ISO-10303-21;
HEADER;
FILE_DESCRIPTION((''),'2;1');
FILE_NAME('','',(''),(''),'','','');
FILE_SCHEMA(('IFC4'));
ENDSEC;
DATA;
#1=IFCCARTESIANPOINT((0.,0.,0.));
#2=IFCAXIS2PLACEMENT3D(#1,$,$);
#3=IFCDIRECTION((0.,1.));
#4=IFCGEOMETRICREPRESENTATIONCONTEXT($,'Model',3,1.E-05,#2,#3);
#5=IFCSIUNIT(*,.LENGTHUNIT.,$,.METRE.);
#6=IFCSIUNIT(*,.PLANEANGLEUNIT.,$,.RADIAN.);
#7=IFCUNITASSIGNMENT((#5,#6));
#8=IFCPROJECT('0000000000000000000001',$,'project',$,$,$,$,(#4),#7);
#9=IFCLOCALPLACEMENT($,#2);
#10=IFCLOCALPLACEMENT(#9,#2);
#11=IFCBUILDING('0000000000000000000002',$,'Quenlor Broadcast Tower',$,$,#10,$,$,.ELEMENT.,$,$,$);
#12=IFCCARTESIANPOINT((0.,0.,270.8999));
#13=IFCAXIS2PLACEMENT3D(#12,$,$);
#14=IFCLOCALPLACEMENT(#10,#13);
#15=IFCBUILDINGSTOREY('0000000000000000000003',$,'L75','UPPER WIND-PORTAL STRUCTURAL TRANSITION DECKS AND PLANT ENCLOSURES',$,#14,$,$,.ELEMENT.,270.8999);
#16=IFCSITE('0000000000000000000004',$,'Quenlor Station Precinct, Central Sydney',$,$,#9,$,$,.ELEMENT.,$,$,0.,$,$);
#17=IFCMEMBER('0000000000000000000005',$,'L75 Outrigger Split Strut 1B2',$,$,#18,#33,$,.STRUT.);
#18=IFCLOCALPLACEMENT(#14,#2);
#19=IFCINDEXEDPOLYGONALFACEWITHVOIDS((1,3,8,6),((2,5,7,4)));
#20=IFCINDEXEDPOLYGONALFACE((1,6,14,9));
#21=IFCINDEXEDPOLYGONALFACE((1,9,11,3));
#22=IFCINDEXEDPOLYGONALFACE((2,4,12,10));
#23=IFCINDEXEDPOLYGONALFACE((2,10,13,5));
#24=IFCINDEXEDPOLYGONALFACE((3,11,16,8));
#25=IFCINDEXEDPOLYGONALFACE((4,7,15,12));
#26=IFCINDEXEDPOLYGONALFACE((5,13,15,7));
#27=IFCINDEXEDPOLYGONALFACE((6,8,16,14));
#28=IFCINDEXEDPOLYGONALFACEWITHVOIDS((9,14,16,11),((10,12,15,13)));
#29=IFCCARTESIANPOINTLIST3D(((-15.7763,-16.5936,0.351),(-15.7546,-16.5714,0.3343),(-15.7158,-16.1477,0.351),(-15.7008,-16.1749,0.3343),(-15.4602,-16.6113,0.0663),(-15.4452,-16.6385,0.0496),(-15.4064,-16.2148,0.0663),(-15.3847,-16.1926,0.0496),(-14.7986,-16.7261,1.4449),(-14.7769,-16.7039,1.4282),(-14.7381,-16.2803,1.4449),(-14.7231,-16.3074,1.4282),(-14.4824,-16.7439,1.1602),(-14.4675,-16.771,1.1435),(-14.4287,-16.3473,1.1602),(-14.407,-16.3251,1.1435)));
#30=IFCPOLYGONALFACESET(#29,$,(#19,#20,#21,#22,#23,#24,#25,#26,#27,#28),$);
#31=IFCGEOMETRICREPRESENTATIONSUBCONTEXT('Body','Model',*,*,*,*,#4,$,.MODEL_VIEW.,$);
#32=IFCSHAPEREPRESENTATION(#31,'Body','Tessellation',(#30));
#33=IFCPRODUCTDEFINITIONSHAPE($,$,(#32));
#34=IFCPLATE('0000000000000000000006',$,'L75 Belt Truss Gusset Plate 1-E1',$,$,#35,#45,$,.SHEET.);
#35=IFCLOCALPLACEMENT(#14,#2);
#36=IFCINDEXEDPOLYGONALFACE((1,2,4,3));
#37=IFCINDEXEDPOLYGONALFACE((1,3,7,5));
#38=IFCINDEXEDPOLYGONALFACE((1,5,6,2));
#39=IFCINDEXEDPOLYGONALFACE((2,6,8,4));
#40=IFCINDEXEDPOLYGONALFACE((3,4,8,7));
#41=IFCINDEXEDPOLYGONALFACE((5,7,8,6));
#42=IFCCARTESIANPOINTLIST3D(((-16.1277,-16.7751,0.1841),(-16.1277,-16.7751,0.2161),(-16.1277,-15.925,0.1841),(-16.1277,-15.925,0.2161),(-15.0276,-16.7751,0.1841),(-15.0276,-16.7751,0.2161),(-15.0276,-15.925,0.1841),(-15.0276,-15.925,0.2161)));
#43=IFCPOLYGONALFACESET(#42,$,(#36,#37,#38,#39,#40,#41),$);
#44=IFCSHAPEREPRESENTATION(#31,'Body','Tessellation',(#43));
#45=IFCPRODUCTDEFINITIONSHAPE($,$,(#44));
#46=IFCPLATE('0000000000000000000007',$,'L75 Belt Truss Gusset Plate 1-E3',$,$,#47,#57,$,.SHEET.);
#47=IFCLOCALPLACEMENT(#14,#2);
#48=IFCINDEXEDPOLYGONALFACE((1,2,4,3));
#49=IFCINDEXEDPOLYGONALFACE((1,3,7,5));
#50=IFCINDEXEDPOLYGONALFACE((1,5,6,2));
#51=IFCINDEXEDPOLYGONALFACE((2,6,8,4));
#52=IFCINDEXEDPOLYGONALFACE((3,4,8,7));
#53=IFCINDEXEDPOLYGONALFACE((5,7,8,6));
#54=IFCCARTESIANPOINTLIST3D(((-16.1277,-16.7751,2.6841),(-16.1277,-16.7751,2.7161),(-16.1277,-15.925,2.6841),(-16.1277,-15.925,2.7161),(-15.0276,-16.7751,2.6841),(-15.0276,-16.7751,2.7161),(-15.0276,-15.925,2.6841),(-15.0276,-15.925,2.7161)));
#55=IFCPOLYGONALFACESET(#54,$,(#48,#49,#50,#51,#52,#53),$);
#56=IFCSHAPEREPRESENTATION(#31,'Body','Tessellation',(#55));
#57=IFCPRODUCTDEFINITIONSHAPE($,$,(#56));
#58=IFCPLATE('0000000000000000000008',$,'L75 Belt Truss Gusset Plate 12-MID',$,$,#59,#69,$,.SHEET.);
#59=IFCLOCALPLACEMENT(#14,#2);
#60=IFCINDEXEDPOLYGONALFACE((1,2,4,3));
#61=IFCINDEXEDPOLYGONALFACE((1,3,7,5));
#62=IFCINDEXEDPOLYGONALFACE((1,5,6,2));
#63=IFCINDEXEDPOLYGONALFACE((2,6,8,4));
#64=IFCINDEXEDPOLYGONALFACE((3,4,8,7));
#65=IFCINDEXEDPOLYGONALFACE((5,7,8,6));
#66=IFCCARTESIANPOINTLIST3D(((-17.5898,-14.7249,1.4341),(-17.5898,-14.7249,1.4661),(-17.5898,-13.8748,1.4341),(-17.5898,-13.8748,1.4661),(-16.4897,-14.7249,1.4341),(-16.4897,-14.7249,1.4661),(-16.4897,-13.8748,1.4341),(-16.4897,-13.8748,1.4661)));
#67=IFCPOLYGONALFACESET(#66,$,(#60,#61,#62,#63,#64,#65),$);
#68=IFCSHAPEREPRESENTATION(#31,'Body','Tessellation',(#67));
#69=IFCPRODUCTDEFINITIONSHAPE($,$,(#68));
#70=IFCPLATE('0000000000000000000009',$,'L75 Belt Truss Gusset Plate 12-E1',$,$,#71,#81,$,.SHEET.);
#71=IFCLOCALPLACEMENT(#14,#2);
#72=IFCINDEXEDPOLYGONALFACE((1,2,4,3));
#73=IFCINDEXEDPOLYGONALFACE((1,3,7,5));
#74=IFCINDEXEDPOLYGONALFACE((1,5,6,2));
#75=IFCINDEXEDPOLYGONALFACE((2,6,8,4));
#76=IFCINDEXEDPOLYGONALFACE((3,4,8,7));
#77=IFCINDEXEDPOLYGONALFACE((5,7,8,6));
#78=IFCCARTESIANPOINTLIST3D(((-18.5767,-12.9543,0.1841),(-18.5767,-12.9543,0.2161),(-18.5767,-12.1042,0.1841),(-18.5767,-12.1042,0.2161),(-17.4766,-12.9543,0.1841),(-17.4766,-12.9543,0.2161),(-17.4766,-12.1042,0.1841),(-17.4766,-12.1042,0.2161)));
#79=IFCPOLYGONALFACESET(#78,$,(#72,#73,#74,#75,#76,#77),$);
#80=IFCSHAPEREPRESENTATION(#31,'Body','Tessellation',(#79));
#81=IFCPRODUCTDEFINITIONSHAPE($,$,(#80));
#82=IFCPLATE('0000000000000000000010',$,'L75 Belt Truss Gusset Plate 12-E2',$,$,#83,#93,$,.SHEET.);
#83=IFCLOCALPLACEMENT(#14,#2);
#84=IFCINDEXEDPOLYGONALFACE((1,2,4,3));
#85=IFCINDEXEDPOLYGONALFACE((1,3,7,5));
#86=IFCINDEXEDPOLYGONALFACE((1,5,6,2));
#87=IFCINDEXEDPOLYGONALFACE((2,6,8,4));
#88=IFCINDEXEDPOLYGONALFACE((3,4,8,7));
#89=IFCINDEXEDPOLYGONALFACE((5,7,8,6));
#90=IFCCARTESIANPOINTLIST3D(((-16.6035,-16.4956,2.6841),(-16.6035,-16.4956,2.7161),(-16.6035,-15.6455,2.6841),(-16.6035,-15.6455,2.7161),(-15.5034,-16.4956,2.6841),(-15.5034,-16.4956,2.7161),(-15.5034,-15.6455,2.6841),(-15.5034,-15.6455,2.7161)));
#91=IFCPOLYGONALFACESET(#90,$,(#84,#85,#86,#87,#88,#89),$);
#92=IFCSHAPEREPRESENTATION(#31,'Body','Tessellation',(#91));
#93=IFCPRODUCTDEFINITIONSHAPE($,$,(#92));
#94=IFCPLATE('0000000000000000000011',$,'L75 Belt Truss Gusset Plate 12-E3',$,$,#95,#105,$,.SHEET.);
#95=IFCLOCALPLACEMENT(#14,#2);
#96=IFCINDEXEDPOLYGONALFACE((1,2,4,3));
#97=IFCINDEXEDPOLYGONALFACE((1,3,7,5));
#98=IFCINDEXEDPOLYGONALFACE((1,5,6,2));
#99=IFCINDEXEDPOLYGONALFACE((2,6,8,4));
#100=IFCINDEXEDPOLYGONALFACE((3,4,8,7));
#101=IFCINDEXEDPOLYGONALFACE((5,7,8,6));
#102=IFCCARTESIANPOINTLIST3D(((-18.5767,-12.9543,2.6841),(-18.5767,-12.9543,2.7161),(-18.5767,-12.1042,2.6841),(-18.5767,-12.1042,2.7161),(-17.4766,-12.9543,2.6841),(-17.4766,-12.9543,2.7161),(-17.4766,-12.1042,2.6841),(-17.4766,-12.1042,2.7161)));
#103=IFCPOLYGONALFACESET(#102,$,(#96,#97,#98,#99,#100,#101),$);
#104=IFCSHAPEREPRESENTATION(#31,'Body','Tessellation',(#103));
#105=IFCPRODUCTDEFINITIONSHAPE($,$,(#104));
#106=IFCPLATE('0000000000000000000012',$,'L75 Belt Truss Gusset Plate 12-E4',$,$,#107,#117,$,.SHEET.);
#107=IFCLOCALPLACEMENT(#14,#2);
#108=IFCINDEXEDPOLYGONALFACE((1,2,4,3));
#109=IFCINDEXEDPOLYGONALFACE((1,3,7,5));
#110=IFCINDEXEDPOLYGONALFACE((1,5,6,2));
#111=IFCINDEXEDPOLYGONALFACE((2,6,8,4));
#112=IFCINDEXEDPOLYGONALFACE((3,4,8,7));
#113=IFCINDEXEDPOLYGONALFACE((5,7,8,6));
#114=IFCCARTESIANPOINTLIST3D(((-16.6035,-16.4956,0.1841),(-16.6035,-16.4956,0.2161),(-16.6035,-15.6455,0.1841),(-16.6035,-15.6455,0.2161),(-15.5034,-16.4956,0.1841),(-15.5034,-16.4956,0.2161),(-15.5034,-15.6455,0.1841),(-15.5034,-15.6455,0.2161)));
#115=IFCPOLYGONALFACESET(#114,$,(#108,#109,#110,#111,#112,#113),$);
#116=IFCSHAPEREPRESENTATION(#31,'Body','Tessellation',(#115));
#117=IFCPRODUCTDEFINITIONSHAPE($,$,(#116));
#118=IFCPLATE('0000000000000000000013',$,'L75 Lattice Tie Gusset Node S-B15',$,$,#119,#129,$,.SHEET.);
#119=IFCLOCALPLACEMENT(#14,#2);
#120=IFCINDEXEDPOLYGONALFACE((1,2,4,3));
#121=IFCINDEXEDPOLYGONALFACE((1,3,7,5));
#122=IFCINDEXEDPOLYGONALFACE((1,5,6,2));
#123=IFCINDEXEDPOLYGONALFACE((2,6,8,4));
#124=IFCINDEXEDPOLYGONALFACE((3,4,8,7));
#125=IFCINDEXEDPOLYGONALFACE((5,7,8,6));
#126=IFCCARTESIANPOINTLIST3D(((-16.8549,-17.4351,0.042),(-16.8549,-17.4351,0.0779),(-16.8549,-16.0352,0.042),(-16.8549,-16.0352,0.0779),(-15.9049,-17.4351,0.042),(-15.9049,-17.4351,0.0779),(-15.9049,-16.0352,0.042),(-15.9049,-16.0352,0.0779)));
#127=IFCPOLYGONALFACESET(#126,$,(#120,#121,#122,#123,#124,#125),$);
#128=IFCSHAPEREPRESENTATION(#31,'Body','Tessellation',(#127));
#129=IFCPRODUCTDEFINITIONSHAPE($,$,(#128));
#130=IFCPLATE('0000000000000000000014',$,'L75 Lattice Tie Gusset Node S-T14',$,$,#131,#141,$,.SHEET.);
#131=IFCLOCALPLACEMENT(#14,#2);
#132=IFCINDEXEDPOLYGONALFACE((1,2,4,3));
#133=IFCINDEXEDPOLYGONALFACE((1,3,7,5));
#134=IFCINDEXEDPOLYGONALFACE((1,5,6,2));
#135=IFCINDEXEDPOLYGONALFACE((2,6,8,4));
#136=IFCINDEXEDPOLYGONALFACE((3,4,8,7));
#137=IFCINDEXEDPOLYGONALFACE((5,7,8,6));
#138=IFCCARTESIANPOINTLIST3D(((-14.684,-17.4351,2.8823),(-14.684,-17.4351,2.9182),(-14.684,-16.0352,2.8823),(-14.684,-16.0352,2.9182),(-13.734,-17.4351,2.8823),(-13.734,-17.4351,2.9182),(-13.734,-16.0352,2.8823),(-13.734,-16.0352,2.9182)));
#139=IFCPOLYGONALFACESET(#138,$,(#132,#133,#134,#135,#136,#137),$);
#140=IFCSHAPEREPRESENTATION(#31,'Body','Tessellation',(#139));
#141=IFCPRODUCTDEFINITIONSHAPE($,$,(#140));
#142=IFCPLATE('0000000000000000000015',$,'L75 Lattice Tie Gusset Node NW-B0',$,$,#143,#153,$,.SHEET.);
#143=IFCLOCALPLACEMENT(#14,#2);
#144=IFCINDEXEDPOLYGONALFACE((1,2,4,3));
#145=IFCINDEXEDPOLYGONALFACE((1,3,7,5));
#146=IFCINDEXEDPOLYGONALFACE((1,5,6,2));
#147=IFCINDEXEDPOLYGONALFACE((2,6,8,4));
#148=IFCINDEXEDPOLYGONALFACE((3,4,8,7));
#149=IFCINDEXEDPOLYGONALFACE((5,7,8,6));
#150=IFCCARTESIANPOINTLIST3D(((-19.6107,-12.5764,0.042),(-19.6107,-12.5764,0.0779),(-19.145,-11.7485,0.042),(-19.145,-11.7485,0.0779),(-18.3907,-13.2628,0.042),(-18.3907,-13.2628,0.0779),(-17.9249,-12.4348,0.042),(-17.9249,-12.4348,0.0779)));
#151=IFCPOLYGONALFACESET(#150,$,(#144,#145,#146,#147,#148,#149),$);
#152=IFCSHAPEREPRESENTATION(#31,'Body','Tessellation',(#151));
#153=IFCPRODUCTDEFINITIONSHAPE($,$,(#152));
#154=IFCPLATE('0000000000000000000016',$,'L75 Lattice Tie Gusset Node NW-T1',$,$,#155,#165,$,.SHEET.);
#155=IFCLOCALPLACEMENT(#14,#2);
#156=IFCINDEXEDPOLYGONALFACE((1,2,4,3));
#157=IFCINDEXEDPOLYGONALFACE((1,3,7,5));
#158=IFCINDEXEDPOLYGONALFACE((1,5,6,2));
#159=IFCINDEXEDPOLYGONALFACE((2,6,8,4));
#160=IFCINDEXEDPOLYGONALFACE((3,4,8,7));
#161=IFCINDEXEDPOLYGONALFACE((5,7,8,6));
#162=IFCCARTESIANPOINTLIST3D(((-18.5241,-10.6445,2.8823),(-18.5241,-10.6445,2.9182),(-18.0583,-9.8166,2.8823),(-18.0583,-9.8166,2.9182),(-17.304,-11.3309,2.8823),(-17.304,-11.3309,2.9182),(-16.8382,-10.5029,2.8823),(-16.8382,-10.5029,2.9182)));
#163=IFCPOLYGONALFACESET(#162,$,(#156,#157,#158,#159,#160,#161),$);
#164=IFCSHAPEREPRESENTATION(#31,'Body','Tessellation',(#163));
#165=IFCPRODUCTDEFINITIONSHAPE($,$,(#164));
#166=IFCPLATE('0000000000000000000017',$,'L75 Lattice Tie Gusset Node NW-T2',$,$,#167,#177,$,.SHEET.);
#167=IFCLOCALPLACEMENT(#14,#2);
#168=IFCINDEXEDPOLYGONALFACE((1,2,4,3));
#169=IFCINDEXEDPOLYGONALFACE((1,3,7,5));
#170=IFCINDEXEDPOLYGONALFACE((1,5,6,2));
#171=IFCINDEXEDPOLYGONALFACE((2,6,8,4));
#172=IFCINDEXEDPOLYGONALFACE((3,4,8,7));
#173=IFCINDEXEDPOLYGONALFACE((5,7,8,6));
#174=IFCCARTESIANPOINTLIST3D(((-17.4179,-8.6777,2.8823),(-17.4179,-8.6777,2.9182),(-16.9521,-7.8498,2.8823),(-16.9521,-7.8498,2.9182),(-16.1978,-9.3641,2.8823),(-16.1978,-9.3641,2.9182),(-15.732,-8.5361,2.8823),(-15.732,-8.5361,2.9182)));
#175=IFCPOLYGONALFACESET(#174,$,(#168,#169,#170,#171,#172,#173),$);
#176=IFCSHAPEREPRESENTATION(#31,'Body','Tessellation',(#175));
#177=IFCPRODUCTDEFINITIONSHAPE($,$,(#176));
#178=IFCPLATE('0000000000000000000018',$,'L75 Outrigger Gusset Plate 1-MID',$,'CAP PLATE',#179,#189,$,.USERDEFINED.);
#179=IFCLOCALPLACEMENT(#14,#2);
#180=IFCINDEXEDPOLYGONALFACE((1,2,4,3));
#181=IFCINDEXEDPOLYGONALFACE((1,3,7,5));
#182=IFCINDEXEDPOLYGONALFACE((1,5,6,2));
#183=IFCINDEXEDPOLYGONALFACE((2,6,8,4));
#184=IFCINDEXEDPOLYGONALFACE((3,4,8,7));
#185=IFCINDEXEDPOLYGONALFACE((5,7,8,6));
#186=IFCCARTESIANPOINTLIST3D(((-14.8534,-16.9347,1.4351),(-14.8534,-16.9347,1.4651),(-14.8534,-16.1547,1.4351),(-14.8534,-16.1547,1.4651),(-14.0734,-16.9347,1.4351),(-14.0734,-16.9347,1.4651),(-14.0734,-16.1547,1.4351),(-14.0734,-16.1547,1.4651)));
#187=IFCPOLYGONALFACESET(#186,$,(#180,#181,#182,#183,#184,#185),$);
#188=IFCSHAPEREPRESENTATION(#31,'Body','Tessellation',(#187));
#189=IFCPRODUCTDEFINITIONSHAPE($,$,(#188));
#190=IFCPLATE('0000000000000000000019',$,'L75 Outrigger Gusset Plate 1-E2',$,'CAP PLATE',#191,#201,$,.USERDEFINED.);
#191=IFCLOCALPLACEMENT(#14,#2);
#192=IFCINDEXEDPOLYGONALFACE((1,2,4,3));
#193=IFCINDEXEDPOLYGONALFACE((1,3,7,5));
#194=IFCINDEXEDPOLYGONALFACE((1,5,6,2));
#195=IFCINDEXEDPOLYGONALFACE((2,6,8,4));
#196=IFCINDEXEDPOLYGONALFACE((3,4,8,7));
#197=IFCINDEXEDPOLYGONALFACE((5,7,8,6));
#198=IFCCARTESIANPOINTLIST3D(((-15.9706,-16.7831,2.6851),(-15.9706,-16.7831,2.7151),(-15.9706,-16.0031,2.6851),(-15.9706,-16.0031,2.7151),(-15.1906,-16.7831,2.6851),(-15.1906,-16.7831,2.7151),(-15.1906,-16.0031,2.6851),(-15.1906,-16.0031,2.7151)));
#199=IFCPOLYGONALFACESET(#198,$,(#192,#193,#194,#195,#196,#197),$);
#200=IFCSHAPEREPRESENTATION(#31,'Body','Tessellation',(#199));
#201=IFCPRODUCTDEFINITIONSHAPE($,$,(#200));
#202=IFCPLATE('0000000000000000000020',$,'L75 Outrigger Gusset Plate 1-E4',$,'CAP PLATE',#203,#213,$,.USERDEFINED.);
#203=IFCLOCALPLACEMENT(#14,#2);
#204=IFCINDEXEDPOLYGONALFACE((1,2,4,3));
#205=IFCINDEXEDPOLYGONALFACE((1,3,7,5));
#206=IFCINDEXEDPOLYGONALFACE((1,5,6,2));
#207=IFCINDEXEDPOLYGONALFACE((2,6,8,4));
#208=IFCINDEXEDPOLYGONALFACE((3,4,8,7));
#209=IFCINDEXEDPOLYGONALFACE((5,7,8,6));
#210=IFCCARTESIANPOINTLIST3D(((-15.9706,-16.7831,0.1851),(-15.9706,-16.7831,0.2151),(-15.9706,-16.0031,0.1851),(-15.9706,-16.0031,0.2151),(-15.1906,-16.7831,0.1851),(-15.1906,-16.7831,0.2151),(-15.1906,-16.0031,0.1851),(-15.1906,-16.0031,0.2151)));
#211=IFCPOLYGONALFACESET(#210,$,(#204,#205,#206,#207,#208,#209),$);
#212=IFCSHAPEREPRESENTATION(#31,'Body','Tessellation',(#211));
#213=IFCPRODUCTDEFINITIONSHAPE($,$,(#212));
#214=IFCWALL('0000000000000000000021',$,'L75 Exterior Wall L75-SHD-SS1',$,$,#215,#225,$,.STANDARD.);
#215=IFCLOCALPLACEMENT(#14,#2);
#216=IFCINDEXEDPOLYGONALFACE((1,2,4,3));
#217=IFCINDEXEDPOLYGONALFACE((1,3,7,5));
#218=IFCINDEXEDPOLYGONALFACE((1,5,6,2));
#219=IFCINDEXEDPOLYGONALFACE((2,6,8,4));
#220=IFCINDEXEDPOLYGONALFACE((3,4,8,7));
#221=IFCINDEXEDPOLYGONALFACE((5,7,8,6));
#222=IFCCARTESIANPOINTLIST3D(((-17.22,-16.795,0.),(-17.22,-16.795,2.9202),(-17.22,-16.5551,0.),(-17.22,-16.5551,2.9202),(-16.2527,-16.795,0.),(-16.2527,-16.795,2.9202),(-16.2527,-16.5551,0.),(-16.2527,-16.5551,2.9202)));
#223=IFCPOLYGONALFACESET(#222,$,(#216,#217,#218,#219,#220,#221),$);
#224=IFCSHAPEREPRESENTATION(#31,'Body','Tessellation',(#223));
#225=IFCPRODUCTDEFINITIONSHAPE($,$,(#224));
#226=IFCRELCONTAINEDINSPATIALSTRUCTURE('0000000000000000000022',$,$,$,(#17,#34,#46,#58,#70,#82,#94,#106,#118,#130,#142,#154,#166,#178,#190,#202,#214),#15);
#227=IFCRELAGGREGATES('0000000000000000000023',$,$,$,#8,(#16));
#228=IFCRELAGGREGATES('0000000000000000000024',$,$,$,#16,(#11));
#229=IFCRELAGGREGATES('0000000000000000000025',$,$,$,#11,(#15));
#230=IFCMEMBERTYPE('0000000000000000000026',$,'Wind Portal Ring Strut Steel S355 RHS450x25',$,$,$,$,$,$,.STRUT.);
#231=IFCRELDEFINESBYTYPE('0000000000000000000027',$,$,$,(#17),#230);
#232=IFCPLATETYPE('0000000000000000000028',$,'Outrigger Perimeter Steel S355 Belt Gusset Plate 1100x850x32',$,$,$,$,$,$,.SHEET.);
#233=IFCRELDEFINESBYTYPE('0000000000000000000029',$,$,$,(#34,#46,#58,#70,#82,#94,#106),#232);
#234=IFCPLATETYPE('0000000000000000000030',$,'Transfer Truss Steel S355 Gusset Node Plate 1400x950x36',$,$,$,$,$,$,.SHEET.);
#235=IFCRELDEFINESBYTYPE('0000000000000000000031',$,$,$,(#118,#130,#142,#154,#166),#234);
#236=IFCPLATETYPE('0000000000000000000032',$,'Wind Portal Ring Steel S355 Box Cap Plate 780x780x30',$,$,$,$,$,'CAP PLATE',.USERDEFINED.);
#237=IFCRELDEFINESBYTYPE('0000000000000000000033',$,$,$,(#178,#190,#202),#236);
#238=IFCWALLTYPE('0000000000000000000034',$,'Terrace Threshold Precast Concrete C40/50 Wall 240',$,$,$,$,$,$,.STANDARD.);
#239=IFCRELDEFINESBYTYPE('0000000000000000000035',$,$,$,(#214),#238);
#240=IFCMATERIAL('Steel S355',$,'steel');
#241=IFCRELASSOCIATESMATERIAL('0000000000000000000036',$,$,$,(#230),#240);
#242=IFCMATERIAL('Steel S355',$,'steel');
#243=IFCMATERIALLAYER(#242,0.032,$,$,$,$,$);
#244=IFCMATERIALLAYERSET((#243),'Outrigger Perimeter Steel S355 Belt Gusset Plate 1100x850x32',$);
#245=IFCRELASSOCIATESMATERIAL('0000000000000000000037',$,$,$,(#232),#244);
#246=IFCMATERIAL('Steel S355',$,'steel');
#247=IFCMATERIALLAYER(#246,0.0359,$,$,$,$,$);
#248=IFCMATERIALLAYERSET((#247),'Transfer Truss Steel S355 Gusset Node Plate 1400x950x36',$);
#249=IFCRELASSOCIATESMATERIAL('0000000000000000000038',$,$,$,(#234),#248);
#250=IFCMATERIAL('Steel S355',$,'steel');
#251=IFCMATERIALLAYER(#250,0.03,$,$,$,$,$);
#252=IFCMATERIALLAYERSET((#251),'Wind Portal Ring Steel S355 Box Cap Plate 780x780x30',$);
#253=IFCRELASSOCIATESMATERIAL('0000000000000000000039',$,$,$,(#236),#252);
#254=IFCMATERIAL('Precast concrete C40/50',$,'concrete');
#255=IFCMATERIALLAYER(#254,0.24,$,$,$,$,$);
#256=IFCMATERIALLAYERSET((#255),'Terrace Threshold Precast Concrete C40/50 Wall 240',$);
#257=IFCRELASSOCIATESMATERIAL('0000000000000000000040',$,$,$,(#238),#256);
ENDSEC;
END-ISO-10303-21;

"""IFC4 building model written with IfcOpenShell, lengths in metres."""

from ifc_helpers import new_model, si_unit, direction, frame, frame_2d, origin, origin_2d, place, context, subcontext, project, spatial, rectangle, hollow_rectangle, extrude, material, layer, layer_set, material_profile, profile_set, type_object, element, save


model = new_model("IFC4")

# Units and contexts
model_context = context("Model", 3, precision=1e-05, world=origin(), true_north=direction((0.0, 1.0)))
body_context = subcontext(model_context, "Body", "Model", "MODEL_VIEW")
ifc_project = project(units=[si_unit("LENGTHUNIT", "METRE"), si_unit("PLANEANGLEUNIT", "RADIAN")], contexts=[model_context])

# Site, building, storey
site_placement = place(None, origin())
site = spatial("IfcSite", under=ifc_project, at=site_placement, Name="Quenlor Station Precinct, Central Sydney", CompositionType="ELEMENT", RefElevation=0.0)
building_placement = place(site_placement, origin())
building = spatial("IfcBuilding", under=site, at=building_placement, Name="Quenlor Broadcast Tower", CompositionType="ELEMENT")
storey_placement = place(building_placement, frame((0.0, 0.0, 270.8999)))
storey = spatial("IfcBuildingStorey", under=building, at=storey_placement, Name="L75", Description="UPPER WIND-PORTAL STRUCTURAL TRANSITION DECKS AND PLANT ENCLOSURES", CompositionType="ELEMENT", Elevation=270.8999)

# Member
ifc_material_1 = material(Name="Steel S355", Category="steel")
ifc_material_profile_1 = material_profile(ifc_material_1, hollow_rectangle(XDim=0.45, YDim=0.45, WallThickness=0.0249, at=origin_2d()))
ifc_profile_set_1 = profile_set([ifc_material_profile_1], Name="Steel S355 RHS450x450x25")
member_type_1 = type_object("IfcMemberType", Name="Wind Portal Ring Strut Steel S355 RHS450x25", PredefinedType="STRUT", material=ifc_profile_set_1)
member_1_placement = place(storey_placement, frame((-14.6028, -16.5256, 1.2942), z_axis=(-0.663693, 0.089984, -0.742573), x_axis=(-0.134351, -0.990934, 0.0)))
element("IfcMember", 1, at=member_1_placement, inside=storey, type_object=member_type_1, Name="L75 Outrigger Split Strut 1B2", PredefinedType="STRUT", context=body_context, shape_type="SweptSolid", body=[
    extrude(hollow_rectangle(XDim=0.45, YDim=0.45, WallThickness=0.0249, at=origin_2d()), origin(), (0.0, 0.0, 1.0), 1.4731),
])

# Plates
ifc_material_2 = material(Name="Steel S355", Category="steel")
ifc_layer_1 = layer(ifc_material_2, 0.032)
ifc_layer_set_1 = layer_set([ifc_layer_1], Name="Outrigger Perimeter Steel S355 Belt Gusset Plate 1100x850x32")
plate_type_1 = type_object("IfcPlateType", Name="Outrigger Perimeter Steel S355 Belt Gusset Plate 1100x850x32", PredefinedType="SHEET", material=ifc_layer_set_1)
for number, where, z_axis, x_axis, name in (
    (2, (-15.5776, -16.3501, 0.1841), (0.0, 0.0, 1.0), (1.0, 0.0, 0.0), "L75 Belt Truss Gusset Plate 1-E1"),
    (3, (-15.5776, -16.3501, 2.6841), (0.0, 0.0, 1.0), (1.0, 0.0, 0.0), "L75 Belt Truss Gusset Plate 1-E3"),
    (4, (-17.0398, -14.2998, 1.4341), (0.0, 0.0, 1.0), (1.0, 0.0, 0.0), "L75 Belt Truss Gusset Plate 12-MID"),
    (5, (-18.0266, -12.5293, 0.1841), (0.0, 0.0, 1.0), (1.0, 0.0, 0.0), "L75 Belt Truss Gusset Plate 12-E1"),
    (6, (-16.0535, -16.0706, 2.6841), (0.0, 0.0, 1.0), (1.0, 0.0, 0.0), "L75 Belt Truss Gusset Plate 12-E2"),
    (7, (-18.0266, -12.5293, 2.6841), (0.0, 0.0, 1.0), (1.0, 0.0, 0.0), "L75 Belt Truss Gusset Plate 12-E3"),
    (8, (-16.0535, -16.0706, 0.1841), (0.0, 0.0, 1.0), (1.0, 0.0, 0.0), "L75 Belt Truss Gusset Plate 12-E4"),
):
    element("IfcPlate", number, at=place(storey_placement, frame(where, z_axis=z_axis, x_axis=x_axis)), inside=storey, type_object=plate_type_1, Name=name, PredefinedType="SHEET", context=body_context, shape_type="SweptSolid", body=[
        extrude(rectangle(XDim=1.1001, YDim=0.8501, at=origin_2d()), origin(), (0.0, 0.0, 1.0), 0.032),
    ])
ifc_material_3 = material(Name="Steel S355", Category="steel")
ifc_layer_2 = layer(ifc_material_3, 0.0359)
ifc_layer_set_2 = layer_set([ifc_layer_2], Name="Transfer Truss Steel S355 Gusset Node Plate 1400x950x36")
plate_type_2 = type_object("IfcPlateType", Name="Transfer Truss Steel S355 Gusset Node Plate 1400x950x36", PredefinedType="SHEET", material=ifc_layer_set_2)
for number, where, z_axis, x_axis, name in (
    (9, (-16.3799, -16.7351, 0.042), (0.0, 0.0, 1.0), (0.0, -1.0, 0.0), "L75 Lattice Tie Gusset Node S-B15"),
    (10, (-14.209, -16.7351, 2.8823), (0.0, 0.0, 1.0), (0.0, -1.0, 0.0), "L75 Lattice Tie Gusset Node S-T14"),
    (11, (-18.7678, -12.5056, 0.042), (0.0, 0.0, 1.0), (-0.871556, 0.490295, 0.0), "L75 Lattice Tie Gusset Node NW-B0"),
    (12, (-17.6812, -10.5737, 2.8823), (0.0, 0.0, 1.0), (-0.871556, 0.490295, 0.0), "L75 Lattice Tie Gusset Node NW-T1"),
    (13, (-16.575, -8.6069, 2.8823), (0.0, 0.0, 1.0), (-0.871556, 0.490295, 0.0), "L75 Lattice Tie Gusset Node NW-T2"),
):
    element("IfcPlate", number, at=place(storey_placement, frame(where, z_axis=z_axis, x_axis=x_axis)), inside=storey, type_object=plate_type_2, Name=name, PredefinedType="SHEET", context=body_context, shape_type="SweptSolid", body=[
        extrude(rectangle(XDim=1.3999, YDim=0.95, at=origin_2d()), origin(), (0.0, 0.0, 1.0), 0.0359),
    ])
ifc_material_4 = material(Name="Steel S355", Category="steel")
ifc_layer_3 = layer(ifc_material_4, 0.03)
ifc_layer_set_3 = layer_set([ifc_layer_3], Name="Wind Portal Ring Steel S355 Box Cap Plate 780x780x30")
plate_type_3 = type_object("IfcPlateType", Name="Wind Portal Ring Steel S355 Box Cap Plate 780x780x30", ElementType="CAP PLATE", PredefinedType="USERDEFINED", material=ifc_layer_set_3)
for number, where, z_axis, x_axis, name in (
    (14, (-14.4634, -16.5447, 1.4351), (0.0, 0.0, 1.0), (1.0, 0.0, 0.0), "L75 Outrigger Gusset Plate 1-MID"),
    (15, (-15.5806, -16.3931, 2.6851), (0.0, 0.0, 1.0), (1.0, 0.0, 0.0), "L75 Outrigger Gusset Plate 1-E2"),
    (16, (-15.5806, -16.3931, 0.1851), (0.0, 0.0, 1.0), (1.0, 0.0, 0.0), "L75 Outrigger Gusset Plate 1-E4"),
):
    element("IfcPlate", number, at=place(storey_placement, frame(where, z_axis=z_axis, x_axis=x_axis)), inside=storey, type_object=plate_type_3, Name=name, ObjectType="CAP PLATE", PredefinedType="USERDEFINED", context=body_context, shape_type="SweptSolid", body=[
        extrude(rectangle(XDim=0.78, YDim=0.78, at=origin_2d()), origin(), (0.0, 0.0, 1.0), 0.03),
    ])

# Wall
ifc_material_5 = material(Name="Precast concrete C40/50", Category="concrete")
ifc_layer_4 = layer(ifc_material_5, 0.24)
ifc_layer_set_4 = layer_set([ifc_layer_4], Name="Terrace Threshold Precast Concrete C40/50 Wall 240")
wall_type_1 = type_object("IfcWallType", Name="Terrace Threshold Precast Concrete C40/50 Wall 240", PredefinedType="STANDARD", material=ifc_layer_set_4)
wall_1_placement = place(storey_placement, frame((-16.2527, -16.675, 0.0), z_axis=(0.0, 0.0, 1.0), x_axis=(-1.0, 0.0, 0.0)))
element("IfcWall", 17, at=wall_1_placement, inside=storey, type_object=wall_type_1, Name="L75 Exterior Wall L75-SHD-SS1", PredefinedType="STANDARD", context=body_context, shape_type="SweptSolid", body=[
    extrude(rectangle(XDim=0.9673, YDim=0.24, at=frame_2d((0.4836, 0.0))), origin(), (0.0, 0.0, 1.0), 2.9202),
])

save(model, "model.ifc")
